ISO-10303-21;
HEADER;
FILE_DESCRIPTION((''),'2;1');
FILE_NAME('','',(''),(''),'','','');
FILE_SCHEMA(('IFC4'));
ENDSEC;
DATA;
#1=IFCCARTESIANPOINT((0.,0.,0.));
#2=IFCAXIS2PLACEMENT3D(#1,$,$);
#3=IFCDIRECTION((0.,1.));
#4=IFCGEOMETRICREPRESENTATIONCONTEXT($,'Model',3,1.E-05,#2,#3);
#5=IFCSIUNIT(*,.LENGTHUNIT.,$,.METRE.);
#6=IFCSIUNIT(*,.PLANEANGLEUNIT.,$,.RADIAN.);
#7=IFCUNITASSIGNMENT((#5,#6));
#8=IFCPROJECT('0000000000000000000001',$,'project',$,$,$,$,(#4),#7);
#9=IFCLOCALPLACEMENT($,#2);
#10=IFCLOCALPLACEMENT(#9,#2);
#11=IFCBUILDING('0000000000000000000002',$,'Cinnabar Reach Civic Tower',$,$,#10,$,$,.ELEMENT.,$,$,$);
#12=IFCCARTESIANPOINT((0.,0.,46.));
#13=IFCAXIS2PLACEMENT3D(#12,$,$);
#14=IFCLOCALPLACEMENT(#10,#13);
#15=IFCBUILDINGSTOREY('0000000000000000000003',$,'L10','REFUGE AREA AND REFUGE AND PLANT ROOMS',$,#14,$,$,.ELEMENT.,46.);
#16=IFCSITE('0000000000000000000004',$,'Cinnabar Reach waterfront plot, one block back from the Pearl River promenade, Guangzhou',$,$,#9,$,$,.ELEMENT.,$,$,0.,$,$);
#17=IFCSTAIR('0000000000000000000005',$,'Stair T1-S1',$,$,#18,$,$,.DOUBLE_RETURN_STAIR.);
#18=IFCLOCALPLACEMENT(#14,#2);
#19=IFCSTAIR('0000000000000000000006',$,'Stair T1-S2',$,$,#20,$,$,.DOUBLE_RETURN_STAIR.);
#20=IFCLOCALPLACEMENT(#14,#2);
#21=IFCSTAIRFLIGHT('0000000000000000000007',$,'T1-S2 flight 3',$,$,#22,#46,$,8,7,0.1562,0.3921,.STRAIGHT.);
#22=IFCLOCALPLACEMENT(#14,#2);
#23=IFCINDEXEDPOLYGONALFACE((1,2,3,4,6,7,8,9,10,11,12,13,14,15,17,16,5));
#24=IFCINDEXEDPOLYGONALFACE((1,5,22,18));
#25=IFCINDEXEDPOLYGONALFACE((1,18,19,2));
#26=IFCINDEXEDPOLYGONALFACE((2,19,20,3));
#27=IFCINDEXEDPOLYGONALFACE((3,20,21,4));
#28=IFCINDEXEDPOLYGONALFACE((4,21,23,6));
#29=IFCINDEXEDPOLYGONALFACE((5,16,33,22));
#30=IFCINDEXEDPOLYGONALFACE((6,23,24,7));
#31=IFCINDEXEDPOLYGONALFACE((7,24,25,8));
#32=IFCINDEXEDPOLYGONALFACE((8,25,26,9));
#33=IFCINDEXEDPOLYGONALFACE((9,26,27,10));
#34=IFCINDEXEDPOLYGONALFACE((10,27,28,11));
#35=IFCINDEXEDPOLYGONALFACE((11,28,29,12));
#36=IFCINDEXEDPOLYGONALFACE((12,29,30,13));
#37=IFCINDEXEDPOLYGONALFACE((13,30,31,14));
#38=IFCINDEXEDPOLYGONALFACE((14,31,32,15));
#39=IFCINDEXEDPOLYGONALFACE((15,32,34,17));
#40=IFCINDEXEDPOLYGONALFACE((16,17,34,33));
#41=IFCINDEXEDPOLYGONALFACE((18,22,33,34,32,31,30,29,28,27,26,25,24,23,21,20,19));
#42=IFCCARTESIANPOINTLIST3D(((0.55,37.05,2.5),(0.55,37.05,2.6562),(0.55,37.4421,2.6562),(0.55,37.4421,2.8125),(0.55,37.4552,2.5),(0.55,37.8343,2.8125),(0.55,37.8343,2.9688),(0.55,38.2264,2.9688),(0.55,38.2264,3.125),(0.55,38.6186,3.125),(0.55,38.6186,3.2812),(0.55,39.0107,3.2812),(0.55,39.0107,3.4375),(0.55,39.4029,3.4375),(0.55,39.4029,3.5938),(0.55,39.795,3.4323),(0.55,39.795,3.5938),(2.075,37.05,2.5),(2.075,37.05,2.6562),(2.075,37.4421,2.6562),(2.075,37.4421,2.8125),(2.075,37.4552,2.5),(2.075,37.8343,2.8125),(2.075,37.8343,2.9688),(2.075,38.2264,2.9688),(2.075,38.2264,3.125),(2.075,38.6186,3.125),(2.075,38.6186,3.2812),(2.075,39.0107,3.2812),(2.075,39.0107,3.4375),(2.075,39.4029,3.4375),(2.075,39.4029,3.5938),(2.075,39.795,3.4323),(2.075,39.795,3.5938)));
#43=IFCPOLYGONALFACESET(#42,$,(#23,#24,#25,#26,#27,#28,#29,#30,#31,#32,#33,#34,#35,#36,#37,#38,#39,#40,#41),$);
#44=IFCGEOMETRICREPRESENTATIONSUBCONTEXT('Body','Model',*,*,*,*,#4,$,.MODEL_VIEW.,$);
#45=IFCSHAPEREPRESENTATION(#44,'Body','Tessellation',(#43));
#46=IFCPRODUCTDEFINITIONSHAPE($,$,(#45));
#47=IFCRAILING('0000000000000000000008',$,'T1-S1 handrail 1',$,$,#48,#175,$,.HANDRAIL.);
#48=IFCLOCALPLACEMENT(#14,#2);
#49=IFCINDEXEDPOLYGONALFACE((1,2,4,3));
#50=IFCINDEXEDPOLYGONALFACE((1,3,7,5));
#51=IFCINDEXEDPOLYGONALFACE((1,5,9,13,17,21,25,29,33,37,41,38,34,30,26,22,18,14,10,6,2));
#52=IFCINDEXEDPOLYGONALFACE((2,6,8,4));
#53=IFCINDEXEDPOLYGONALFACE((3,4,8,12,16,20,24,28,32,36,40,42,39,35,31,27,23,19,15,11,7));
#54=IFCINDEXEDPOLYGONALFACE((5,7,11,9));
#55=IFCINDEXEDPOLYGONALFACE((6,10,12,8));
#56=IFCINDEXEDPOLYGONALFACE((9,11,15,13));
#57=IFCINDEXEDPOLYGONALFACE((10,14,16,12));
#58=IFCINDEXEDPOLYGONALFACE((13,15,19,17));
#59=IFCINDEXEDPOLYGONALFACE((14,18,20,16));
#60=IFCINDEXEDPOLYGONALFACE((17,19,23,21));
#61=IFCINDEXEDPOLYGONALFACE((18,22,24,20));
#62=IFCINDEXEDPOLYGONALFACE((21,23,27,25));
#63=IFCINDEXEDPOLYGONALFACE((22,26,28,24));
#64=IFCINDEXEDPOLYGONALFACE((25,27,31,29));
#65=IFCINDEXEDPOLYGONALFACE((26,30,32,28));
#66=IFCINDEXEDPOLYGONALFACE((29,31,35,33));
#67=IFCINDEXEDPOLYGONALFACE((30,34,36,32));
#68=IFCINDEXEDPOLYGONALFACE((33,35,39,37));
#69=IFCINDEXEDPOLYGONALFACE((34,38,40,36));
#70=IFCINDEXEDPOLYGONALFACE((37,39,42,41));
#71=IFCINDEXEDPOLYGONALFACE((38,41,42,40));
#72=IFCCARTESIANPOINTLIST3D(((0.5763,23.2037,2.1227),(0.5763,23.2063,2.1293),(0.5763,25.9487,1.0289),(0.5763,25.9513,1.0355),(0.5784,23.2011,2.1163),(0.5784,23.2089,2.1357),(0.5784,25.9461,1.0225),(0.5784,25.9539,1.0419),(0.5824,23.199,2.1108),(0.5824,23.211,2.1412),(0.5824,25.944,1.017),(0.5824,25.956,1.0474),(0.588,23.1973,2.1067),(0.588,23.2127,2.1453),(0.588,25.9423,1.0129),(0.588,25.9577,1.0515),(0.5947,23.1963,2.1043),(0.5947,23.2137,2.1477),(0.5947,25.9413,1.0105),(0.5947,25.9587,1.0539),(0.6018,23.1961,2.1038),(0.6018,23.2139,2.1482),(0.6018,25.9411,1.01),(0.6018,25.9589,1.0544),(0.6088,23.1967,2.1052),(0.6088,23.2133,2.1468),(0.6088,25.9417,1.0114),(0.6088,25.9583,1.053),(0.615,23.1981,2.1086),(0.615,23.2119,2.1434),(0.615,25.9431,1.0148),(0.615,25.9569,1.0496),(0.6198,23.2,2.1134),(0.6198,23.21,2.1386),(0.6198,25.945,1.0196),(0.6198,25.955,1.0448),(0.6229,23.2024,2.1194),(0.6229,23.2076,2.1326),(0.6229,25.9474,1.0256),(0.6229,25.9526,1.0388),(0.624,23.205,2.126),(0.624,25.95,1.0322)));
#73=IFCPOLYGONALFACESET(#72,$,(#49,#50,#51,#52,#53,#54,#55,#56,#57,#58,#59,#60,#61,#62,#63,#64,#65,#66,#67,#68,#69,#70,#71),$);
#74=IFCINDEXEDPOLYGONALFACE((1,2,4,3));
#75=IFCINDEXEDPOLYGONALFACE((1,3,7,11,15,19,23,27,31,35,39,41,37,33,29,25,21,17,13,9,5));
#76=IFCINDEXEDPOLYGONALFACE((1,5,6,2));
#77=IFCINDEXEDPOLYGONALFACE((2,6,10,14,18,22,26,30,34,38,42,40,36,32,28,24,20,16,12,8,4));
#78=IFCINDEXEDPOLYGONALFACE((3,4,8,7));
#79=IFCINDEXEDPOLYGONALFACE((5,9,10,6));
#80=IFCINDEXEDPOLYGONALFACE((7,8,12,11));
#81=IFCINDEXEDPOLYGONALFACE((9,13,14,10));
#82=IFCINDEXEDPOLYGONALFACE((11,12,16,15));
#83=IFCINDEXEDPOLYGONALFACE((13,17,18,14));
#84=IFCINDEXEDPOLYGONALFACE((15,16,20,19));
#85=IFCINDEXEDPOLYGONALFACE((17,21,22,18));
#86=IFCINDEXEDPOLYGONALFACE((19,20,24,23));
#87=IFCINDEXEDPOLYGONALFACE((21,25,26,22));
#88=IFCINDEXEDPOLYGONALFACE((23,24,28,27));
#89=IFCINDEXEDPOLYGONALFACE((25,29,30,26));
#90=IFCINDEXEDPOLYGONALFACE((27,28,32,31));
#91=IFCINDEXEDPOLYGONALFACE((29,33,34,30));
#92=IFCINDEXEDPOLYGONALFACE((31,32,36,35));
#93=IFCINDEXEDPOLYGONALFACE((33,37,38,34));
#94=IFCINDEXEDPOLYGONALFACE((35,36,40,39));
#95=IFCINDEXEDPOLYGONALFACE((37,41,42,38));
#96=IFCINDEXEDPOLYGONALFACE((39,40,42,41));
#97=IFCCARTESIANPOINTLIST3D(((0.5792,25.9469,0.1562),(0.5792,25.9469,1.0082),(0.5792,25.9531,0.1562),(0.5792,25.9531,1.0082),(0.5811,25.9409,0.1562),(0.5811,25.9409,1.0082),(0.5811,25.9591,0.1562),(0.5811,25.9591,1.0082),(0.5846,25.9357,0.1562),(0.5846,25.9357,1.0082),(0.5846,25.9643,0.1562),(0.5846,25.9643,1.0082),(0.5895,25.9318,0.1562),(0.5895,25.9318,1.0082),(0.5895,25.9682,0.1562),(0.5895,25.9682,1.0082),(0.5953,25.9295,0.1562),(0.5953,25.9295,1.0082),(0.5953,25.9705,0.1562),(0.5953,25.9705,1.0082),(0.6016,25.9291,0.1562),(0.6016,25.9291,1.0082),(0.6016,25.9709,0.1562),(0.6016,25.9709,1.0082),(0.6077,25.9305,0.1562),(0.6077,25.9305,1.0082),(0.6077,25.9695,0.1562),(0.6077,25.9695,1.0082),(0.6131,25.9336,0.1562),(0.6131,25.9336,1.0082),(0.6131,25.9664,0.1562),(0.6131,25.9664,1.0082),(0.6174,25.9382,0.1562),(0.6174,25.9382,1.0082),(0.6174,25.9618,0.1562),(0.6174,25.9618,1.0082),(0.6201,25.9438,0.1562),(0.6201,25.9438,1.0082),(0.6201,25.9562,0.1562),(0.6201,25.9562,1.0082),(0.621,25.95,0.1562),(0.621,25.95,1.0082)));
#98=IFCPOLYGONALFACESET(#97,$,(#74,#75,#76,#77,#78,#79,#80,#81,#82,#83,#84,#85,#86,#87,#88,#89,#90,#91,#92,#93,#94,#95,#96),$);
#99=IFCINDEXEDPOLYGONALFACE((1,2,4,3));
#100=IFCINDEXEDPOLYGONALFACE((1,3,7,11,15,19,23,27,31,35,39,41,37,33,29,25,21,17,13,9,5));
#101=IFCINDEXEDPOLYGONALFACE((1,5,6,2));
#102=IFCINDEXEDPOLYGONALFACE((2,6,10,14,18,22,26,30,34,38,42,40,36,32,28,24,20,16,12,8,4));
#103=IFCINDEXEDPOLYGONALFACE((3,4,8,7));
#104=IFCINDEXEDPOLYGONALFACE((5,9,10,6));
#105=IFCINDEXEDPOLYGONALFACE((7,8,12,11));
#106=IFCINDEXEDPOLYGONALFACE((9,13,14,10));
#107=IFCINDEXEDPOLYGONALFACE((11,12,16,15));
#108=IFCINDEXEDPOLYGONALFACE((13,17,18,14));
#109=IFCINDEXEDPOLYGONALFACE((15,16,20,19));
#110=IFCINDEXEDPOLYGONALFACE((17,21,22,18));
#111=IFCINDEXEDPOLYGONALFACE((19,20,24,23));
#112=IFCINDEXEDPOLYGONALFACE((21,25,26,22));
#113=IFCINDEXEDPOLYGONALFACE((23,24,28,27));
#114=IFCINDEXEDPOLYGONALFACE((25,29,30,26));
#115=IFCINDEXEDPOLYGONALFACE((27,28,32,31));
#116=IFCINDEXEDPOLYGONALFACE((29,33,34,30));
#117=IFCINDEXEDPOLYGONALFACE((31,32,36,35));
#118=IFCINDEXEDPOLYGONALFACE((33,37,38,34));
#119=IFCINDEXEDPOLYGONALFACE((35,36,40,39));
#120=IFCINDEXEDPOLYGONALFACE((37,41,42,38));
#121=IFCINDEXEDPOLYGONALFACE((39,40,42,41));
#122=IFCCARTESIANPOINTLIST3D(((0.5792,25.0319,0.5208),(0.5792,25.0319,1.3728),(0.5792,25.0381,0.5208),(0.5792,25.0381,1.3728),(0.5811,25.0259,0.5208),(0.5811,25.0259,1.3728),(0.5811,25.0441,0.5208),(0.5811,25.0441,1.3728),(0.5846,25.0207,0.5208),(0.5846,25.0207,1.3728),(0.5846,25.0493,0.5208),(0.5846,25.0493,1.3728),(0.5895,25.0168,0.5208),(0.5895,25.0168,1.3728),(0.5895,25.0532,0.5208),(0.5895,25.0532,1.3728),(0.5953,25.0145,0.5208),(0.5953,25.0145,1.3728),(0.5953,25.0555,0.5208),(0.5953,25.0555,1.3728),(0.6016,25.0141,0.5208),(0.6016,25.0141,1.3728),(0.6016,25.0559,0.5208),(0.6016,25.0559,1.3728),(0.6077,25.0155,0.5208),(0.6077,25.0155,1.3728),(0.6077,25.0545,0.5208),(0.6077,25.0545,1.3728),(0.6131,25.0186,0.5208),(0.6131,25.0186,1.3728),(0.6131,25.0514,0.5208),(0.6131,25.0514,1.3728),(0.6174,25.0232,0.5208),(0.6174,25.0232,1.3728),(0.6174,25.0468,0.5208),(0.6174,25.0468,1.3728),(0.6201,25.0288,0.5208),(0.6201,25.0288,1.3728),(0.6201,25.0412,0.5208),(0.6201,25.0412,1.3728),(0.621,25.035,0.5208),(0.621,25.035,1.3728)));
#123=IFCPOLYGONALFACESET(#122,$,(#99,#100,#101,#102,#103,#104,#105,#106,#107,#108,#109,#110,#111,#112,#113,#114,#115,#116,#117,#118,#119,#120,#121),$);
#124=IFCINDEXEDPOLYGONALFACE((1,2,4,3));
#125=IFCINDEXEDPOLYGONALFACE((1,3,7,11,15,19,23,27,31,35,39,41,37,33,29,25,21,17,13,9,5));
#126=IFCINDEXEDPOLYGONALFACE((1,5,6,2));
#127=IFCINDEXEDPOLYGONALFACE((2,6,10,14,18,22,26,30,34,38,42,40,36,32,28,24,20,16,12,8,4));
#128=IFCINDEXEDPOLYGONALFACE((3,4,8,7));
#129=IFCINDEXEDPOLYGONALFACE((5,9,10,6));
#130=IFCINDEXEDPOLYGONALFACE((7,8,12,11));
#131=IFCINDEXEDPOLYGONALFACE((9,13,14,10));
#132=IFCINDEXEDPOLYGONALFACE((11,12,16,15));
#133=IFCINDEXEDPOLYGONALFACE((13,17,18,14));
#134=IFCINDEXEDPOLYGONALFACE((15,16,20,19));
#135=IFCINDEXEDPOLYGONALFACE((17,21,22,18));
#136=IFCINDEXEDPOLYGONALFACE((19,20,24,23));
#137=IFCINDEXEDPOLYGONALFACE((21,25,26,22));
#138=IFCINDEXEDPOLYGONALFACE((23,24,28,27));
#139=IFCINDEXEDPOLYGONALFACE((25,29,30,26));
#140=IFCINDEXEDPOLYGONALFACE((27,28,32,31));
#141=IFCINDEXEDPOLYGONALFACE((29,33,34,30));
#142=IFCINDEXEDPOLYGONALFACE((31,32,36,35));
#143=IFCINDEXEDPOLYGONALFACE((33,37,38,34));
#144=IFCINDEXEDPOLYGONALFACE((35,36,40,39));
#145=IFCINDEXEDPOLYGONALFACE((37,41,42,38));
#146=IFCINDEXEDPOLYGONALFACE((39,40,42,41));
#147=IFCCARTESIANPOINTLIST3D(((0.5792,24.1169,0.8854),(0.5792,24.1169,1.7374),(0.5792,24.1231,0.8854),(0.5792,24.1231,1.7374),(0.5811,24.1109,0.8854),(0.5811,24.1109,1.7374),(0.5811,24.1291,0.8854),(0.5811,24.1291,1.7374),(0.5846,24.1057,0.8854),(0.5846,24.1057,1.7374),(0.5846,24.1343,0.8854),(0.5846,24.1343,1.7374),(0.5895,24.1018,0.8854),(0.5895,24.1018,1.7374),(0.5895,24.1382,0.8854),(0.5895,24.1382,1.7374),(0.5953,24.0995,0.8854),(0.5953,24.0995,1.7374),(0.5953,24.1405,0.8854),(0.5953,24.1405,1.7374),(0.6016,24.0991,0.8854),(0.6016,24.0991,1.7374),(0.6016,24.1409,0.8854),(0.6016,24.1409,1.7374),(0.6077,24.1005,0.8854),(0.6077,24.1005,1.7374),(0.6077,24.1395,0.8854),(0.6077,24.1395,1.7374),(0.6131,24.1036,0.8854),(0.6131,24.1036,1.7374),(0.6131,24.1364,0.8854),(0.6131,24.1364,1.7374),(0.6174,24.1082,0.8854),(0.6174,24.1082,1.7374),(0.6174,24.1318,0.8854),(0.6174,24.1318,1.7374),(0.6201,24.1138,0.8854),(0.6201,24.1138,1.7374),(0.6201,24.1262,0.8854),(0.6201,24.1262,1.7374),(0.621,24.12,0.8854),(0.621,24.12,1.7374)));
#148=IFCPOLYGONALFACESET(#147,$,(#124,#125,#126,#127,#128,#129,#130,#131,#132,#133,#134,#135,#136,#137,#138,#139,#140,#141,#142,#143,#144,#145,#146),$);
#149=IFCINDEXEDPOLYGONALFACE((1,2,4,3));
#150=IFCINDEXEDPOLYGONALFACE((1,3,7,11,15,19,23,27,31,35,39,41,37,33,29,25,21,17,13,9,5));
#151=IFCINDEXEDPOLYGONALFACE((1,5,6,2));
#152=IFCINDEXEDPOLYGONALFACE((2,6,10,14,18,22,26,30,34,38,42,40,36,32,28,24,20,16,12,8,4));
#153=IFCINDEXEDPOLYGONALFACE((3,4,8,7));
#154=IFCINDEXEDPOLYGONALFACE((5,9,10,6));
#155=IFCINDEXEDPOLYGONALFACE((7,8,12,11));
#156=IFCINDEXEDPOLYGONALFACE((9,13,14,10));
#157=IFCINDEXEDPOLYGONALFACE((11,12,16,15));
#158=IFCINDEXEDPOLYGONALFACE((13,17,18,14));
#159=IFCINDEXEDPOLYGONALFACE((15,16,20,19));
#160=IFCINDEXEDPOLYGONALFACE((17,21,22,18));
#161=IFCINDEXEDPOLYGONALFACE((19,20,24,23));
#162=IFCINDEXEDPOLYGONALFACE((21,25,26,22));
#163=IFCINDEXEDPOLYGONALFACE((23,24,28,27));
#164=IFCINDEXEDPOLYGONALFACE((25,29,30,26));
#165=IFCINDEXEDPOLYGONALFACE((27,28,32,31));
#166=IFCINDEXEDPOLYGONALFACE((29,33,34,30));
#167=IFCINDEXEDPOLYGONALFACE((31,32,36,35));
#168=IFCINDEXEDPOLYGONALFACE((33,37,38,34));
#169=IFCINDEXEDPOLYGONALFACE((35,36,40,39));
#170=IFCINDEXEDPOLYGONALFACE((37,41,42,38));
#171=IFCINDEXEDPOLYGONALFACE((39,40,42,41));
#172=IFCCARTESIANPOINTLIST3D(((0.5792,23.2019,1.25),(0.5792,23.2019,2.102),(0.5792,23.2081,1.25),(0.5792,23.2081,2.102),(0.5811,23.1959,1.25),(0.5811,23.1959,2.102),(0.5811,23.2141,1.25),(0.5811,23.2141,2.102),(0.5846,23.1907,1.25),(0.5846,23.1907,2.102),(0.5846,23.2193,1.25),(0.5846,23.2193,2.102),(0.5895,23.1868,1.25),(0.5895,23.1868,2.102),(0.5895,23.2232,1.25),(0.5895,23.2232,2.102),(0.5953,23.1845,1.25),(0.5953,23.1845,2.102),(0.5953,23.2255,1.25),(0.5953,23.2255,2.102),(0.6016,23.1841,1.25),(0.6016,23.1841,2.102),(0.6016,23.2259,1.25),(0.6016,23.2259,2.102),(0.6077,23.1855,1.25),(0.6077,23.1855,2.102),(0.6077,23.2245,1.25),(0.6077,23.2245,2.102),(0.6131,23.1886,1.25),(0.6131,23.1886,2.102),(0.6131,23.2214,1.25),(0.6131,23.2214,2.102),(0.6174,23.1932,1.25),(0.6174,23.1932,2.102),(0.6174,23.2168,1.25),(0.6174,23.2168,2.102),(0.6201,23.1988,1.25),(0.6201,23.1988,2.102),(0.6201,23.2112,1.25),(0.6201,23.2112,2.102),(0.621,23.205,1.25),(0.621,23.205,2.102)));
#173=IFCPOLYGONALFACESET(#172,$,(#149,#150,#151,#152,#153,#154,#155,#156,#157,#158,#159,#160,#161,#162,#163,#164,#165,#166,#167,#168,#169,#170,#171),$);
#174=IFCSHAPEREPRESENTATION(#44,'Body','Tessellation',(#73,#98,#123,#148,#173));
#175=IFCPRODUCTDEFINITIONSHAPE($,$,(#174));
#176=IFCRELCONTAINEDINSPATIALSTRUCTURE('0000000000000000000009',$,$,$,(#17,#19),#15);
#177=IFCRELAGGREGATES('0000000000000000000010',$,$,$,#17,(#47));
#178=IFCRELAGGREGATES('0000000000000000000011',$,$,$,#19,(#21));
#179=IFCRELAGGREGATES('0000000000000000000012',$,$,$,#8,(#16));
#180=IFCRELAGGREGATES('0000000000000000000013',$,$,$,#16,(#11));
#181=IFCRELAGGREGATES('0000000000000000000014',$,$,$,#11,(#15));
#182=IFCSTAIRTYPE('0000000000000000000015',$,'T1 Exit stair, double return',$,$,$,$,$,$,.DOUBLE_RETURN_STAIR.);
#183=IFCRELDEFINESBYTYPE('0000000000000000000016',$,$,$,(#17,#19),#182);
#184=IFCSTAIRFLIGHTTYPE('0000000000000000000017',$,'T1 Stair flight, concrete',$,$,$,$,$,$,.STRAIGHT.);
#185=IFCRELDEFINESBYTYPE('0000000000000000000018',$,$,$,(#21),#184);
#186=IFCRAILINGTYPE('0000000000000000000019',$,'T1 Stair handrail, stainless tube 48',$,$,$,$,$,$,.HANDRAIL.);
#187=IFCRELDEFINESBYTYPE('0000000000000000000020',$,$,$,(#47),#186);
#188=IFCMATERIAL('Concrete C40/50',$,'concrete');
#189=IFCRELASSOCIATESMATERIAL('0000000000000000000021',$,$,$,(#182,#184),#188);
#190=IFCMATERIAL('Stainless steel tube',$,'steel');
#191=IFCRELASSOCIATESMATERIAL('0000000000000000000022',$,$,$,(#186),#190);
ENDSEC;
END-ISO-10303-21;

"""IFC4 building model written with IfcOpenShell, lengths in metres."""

from ifc_helpers import new_model, si_unit, direction, frame, origin, origin_2d, place, context, subcontext, project, spatial, polyline, circle, outline, extrude, material, type_object, element, aggregate, save


model = new_model("IFC4")

# Units and contexts
model_context = context("Model", 3, precision=1e-05, world=origin(), true_north=direction((0.0, 1.0)))
body_context = subcontext(model_context, "Body", "Model", "MODEL_VIEW")
ifc_project = project(units=[si_unit("LENGTHUNIT", "METRE"), si_unit("PLANEANGLEUNIT", "RADIAN")], contexts=[model_context])

# Site, building, storey
site_placement = place(None, origin())
site = spatial("IfcSite", under=ifc_project, at=site_placement, Name="Cinnabar Reach waterfront plot, one block back from the Pearl River promenade, Guangzhou", CompositionType="ELEMENT", RefElevation=0.0)
building_placement = place(site_placement, origin())
building = spatial("IfcBuilding", under=site, at=building_placement, Name="Cinnabar Reach Civic Tower", CompositionType="ELEMENT")
storey_placement = place(building_placement, frame((0.0, 0.0, 46.0)))
storey = spatial("IfcBuildingStorey", under=building, at=storey_placement, Name="L10", Description="REFUGE AREA AND REFUGE AND PLANT ROOMS", CompositionType="ELEMENT", Elevation=46.0)

# Shared definitions
ifc_material_1 = material(Name="Concrete C40/50", Category="concrete")

# Stairs, stair flight
stair_type = type_object("IfcStairType", Name="T1 Exit stair, double return", PredefinedType="DOUBLE_RETURN_STAIR", material=ifc_material_1)
stair_1_placement = place(storey_placement, origin())
stair_1 = element("IfcStair", 1, at=stair_1_placement, inside=storey, type_object=stair_type, Name="Stair T1-S1", PredefinedType="DOUBLE_RETURN_STAIR")
stair_flight_type = type_object("IfcStairFlightType", Name="T1 Stair flight, concrete", PredefinedType="STRAIGHT", material=ifc_material_1)
stair_2_placement = place(storey_placement, origin())
stair_2 = element("IfcStair", 2, at=stair_2_placement, inside=storey, type_object=stair_type, Name="Stair T1-S2", PredefinedType="DOUBLE_RETURN_STAIR")
stair_flight_1_placement = place(storey_placement, frame((1.3125, 37.05, 2.5), z_axis=(0.0, 0.0, 1.0), x_axis=(0.0, 1.0, 0.0)))
stair_flight_1 = element("IfcStairFlight", 3, at=stair_flight_1_placement, type_object=stair_flight_type, Name="T1-S2 flight 3", NumberOfRisers=8, NumberOfTreads=7, PredefinedType="STRAIGHT", RiserHeight=0.1562, TreadLength=0.3921, context=body_context, shape_type="SweptSolid", body=[
    extrude(outline(polyline([(0.0, 0.0), (0.0, 0.1562), (0.3921, 0.1562), (0.3921, 0.3125), (0.7843, 0.3125), (0.7843, 0.4688), (1.1764, 0.4688), (1.1764, 0.625), (1.5686, 0.625), (1.5686, 0.7812), (1.9607, 0.7812), (1.9607, 0.9375), (2.3529, 0.9375), (2.3529, 1.0938), (2.745, 1.0938), (2.745, 1.25), (2.745, 0.9323), (0.4052, 0.0), (0.0, 0.0)])), frame((0.0, 0.7625, 0.0), z_axis=(0.0, -1.0, 0.0), x_axis=(1.0, 0.0, 0.0)), (0.0, 0.0, 1.0), 1.525),
])

# Railing
ifc_material_2 = material(Name="Stainless steel tube", Category="steel")
railing_type_1 = type_object("IfcRailingType", Name="T1 Stair handrail, stainless tube 48", PredefinedType="HANDRAIL", material=ifc_material_2)
railing_1_placement = place(storey_placement, frame((0.6, 25.95, 0.1562)))
railing_1 = element("IfcRailing", 4, at=railing_1_placement, type_object=railing_type_1, Name="T1-S1 handrail 1", PredefinedType="HANDRAIL", context=body_context, shape_type="SweptSolid", body=[
    extrude(circle(Radius=0.024, at=origin_2d()), frame((0.0, 0.0, 0.876), z_axis=(0.0, -0.928966, 0.370165), x_axis=(1.0, 0.0, 0.0)), (0.0, 0.0, 1.0), 2.9549),
    extrude(circle(Radius=0.021, at=origin_2d()), origin(), (0.0, 0.0, 1.0), 0.852),
    extrude(circle(Radius=0.021, at=origin_2d()), frame((0.0, -0.915, 0.3646)), (0.0, 0.0, 1.0), 0.852),
    extrude(circle(Radius=0.021, at=origin_2d()), frame((0.0, -1.83, 0.7292)), (0.0, 0.0, 1.0), 0.852),
    extrude(circle(Radius=0.021, at=origin_2d()), frame((0.0, -2.745, 1.0938)), (0.0, 0.0, 1.0), 0.852),
])
aggregate(stair_1, [railing_1])
aggregate(stair_2, [stair_flight_1])

save(model, "model.ifc")
